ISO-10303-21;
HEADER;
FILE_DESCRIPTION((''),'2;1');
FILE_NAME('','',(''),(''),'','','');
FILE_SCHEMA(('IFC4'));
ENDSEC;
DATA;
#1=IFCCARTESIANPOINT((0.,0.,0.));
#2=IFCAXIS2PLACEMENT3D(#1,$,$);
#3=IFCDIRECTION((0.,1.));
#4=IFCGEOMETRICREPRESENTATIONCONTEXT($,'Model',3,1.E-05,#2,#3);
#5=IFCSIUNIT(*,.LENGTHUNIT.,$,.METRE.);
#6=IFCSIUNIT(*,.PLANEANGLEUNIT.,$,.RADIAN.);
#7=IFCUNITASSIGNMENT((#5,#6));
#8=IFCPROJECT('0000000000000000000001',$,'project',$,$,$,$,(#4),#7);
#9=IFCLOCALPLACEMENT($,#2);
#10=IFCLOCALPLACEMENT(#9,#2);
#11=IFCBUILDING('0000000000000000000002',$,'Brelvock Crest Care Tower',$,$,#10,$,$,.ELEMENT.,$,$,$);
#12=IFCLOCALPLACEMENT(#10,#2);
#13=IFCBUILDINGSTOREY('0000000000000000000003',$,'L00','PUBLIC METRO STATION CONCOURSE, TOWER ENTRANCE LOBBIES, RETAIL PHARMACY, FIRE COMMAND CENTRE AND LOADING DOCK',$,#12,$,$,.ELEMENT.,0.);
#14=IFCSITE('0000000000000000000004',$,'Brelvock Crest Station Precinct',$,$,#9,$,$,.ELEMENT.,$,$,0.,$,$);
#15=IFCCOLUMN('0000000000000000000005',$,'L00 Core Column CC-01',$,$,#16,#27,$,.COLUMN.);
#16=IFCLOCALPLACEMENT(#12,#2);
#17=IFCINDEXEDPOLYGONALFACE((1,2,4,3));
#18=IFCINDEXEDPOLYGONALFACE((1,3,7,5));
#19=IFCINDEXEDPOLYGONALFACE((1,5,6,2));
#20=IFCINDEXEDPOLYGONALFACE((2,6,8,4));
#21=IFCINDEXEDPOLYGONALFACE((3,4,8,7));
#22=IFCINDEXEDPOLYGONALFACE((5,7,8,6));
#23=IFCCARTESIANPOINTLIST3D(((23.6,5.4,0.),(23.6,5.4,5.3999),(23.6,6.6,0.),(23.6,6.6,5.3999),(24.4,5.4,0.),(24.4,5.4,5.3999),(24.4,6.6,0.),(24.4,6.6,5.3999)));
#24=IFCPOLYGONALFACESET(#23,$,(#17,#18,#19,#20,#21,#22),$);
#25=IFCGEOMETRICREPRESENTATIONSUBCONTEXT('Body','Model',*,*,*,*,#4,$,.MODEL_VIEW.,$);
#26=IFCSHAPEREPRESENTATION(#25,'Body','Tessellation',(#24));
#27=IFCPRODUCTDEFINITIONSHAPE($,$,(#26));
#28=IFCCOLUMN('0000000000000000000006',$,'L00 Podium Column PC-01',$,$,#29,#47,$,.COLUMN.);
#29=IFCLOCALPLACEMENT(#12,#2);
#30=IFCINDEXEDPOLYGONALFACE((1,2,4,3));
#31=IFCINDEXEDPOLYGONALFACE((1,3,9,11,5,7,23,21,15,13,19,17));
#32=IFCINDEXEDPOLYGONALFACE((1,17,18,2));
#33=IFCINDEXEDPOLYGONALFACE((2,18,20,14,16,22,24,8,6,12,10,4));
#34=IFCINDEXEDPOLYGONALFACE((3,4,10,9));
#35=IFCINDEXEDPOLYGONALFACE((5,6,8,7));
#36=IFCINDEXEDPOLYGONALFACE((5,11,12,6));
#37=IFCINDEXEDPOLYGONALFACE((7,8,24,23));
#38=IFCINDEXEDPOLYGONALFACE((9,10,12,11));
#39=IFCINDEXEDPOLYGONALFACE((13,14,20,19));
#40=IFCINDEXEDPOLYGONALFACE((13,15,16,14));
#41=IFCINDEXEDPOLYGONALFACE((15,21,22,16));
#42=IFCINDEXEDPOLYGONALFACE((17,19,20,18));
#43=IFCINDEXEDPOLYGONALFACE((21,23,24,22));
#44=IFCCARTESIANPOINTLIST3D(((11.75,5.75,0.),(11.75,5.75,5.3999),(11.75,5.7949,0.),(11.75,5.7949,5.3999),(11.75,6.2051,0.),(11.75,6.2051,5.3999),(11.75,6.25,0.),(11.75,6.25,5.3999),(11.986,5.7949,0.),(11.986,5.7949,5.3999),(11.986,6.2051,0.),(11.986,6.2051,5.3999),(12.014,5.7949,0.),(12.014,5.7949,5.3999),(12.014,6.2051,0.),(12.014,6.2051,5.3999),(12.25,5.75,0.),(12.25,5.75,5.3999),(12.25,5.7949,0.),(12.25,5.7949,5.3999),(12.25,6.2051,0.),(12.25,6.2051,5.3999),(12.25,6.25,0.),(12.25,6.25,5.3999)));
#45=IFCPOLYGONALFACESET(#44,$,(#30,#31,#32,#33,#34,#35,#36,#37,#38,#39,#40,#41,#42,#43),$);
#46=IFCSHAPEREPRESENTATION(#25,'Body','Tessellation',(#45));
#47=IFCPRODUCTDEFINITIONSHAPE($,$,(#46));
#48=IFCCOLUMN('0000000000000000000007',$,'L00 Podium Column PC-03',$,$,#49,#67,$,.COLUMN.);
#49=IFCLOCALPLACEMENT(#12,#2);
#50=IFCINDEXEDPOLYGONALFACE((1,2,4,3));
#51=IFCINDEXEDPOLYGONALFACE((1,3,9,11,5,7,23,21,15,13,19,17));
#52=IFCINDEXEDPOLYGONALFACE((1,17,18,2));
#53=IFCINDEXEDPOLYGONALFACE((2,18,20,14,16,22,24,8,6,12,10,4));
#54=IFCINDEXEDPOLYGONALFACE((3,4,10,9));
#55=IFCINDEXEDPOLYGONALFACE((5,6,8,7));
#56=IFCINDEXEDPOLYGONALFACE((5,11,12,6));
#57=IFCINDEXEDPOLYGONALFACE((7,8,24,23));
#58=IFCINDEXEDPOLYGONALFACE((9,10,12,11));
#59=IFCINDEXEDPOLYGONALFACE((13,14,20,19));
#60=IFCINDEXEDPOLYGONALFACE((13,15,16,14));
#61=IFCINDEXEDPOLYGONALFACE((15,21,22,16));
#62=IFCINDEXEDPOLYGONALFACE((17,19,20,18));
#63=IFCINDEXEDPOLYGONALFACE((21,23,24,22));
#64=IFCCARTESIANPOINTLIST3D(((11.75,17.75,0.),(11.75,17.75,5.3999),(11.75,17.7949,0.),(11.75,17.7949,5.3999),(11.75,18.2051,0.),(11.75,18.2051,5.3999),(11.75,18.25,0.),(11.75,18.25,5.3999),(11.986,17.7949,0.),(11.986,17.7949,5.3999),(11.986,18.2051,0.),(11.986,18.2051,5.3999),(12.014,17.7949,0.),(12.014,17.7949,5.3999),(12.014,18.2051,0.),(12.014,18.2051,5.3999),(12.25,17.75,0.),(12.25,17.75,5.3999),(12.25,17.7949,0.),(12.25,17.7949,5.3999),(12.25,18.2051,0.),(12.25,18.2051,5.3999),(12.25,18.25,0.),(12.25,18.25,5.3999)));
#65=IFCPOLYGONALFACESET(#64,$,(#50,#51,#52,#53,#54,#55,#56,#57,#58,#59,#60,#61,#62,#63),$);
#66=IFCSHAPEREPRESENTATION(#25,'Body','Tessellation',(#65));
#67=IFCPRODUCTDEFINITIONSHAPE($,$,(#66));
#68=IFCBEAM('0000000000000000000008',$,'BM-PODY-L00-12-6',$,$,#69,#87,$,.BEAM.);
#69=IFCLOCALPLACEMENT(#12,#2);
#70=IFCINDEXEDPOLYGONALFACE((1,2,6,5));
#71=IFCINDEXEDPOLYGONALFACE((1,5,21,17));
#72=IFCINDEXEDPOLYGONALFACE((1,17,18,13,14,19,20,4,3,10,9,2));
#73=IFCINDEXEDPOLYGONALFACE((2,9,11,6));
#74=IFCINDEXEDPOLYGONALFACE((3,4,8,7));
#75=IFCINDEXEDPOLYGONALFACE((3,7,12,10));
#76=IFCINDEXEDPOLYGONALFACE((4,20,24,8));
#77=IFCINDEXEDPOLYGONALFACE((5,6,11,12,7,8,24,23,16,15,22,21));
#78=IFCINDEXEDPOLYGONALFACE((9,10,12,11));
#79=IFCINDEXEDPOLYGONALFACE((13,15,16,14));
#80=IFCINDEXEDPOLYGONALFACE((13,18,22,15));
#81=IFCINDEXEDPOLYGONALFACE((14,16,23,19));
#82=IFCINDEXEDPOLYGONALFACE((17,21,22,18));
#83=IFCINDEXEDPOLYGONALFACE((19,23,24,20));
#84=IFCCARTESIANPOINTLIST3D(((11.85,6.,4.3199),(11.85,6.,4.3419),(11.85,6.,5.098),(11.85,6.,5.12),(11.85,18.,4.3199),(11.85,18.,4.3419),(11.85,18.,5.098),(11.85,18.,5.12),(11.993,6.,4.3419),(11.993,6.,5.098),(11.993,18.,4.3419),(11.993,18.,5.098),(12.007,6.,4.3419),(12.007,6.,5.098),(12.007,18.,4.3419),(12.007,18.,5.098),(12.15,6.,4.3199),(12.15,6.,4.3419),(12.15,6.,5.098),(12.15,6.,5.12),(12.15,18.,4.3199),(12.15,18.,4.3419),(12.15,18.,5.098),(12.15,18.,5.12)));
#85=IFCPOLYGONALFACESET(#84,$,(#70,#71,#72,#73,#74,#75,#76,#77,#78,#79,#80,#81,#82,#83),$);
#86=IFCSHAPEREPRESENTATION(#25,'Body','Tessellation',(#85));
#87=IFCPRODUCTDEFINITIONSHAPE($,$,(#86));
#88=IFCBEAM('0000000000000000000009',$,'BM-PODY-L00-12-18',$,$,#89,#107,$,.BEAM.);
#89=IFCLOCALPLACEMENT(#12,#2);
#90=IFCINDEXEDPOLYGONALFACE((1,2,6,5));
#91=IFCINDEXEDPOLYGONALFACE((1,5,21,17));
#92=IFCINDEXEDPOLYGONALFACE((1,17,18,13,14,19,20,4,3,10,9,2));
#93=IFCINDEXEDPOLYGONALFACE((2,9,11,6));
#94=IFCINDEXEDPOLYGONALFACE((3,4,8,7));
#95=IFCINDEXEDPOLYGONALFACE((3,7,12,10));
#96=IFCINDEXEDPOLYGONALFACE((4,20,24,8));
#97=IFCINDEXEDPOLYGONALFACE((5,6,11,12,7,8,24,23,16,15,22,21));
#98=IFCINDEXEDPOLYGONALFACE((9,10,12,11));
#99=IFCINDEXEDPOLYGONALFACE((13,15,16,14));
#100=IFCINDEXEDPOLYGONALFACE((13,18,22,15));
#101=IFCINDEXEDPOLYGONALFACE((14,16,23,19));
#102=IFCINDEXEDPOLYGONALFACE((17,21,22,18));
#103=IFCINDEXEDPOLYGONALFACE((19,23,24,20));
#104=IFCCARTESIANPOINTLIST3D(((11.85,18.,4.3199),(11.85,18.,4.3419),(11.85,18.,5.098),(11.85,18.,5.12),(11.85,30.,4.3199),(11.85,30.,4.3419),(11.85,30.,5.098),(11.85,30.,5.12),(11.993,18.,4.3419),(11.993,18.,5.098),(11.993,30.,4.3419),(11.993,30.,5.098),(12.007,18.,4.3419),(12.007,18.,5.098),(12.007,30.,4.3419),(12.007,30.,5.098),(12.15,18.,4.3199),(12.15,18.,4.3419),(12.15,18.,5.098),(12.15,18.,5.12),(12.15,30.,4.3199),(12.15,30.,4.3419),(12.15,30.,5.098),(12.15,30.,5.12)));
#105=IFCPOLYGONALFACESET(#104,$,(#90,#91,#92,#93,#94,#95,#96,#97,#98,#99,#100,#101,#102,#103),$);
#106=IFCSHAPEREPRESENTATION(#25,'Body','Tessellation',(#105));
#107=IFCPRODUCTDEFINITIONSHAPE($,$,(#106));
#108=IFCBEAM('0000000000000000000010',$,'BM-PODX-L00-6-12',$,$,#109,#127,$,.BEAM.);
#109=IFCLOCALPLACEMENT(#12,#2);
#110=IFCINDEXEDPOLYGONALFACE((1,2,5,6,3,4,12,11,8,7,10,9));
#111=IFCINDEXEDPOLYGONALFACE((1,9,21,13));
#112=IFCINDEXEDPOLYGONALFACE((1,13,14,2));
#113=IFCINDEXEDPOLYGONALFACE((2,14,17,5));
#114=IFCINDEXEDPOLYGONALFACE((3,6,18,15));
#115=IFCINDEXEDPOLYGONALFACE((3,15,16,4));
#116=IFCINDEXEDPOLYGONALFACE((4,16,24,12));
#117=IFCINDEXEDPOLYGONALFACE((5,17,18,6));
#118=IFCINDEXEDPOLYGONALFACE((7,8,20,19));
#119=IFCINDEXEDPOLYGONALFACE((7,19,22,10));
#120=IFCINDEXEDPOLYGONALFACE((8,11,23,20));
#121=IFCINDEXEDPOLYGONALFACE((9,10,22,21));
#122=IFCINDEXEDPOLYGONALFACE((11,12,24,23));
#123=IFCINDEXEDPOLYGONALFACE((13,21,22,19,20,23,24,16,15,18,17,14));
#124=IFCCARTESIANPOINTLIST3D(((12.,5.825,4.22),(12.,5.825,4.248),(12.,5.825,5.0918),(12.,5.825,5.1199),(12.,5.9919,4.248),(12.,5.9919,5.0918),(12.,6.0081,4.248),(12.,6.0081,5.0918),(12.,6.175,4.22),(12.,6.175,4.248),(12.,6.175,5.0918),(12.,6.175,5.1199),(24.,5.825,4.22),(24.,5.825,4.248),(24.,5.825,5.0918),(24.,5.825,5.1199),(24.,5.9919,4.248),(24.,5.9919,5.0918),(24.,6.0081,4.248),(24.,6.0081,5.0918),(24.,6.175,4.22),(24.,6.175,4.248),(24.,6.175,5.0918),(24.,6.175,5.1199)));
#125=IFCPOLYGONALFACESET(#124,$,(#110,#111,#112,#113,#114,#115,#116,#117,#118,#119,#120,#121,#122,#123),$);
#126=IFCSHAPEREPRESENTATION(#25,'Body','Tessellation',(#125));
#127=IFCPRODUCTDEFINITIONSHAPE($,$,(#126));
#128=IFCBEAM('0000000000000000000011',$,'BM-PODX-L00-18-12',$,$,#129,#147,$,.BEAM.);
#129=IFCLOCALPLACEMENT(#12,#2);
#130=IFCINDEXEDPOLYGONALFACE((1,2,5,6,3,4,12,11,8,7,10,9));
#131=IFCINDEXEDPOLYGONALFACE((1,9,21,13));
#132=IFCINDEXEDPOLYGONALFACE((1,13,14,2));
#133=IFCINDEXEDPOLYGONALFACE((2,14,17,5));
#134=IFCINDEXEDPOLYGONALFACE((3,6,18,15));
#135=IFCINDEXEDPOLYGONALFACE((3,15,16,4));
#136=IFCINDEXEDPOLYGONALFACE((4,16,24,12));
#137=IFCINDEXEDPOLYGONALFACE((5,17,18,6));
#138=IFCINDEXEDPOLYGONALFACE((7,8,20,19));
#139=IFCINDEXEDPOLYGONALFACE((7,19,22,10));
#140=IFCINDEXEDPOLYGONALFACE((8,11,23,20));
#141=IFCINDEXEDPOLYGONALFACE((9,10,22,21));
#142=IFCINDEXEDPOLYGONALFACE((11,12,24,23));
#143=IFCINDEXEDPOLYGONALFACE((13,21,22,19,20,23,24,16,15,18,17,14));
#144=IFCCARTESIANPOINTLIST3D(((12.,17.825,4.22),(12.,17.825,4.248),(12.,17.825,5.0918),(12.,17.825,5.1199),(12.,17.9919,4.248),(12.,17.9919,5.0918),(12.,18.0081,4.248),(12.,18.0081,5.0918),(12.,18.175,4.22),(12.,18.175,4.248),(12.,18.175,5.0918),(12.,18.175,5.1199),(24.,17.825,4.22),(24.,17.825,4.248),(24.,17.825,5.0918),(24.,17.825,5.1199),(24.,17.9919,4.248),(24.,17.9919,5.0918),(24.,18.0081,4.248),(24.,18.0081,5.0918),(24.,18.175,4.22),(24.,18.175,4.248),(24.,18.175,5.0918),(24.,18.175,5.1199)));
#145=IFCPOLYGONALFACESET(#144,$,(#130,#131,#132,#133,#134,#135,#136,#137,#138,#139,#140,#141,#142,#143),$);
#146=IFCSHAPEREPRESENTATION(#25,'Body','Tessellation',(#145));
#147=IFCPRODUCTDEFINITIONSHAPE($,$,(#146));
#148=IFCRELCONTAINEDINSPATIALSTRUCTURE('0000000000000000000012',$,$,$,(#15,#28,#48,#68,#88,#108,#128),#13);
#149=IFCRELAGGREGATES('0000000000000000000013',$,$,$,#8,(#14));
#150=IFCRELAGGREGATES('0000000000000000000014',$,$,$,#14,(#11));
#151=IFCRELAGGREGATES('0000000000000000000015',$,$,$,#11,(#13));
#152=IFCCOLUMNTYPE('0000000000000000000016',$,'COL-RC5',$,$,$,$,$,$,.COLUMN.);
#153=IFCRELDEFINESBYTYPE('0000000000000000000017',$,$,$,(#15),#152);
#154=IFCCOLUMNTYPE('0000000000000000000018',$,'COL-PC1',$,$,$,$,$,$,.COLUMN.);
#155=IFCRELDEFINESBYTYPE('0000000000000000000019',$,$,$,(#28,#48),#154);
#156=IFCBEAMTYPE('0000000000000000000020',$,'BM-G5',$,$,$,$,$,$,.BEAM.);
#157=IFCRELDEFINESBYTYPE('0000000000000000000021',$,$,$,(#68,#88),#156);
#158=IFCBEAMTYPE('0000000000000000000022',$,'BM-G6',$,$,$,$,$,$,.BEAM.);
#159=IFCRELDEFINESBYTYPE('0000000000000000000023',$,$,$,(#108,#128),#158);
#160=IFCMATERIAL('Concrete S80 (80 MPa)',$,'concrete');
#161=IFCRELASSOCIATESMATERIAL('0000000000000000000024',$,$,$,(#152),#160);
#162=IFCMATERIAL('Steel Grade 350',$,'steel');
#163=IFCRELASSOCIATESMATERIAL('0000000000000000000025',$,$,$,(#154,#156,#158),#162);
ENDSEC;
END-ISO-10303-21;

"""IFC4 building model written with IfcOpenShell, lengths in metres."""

from ifc_helpers import new_model, si_unit, direction, frame, origin, origin_2d, place, context, subcontext, project, spatial, rectangle, i_section, extrude, source, transform, mapped, material, material_profile, profile_set, type_object, element, save


model = new_model("IFC4")

# Units and contexts
model_context = context("Model", 3, precision=1e-05, world=origin(), true_north=direction((0.0, 1.0)))
body_context = subcontext(model_context, "Body", "Model", "MODEL_VIEW")
ifc_project = project(units=[si_unit("LENGTHUNIT", "METRE"), si_unit("PLANEANGLEUNIT", "RADIAN")], contexts=[model_context])

# Site, building, storey
site_placement = place(None, origin())
site = spatial("IfcSite", under=ifc_project, at=site_placement, Name="Brelvock Crest Station Precinct", CompositionType="ELEMENT", RefElevation=0.0)
building_placement = place(site_placement, origin())
building = spatial("IfcBuilding", under=site, at=building_placement, Name="Brelvock Crest Care Tower", CompositionType="ELEMENT")
storey_placement = place(building_placement, origin())
storey = spatial("IfcBuildingStorey", under=building, at=storey_placement, Name="L00", Description="PUBLIC METRO STATION CONCOURSE, TOWER ENTRANCE LOBBIES, RETAIL PHARMACY, FIRE COMMAND CENTRE AND LOADING DOCK", CompositionType="ELEMENT", Elevation=0.0)

# Columns
ifc_material_1 = material(Name="Concrete S80 (80 MPa)", Category="concrete")
ifc_material_profile_1 = material_profile(ifc_material_1, rectangle(XDim=0.8, YDim=1.2, at=origin_2d()), Name="RC800x1200")
ifc_profile_set_1 = profile_set([ifc_material_profile_1], Name="Concrete S80 (80 MPa)")
column_type_1 = type_object("IfcColumnType", Name="COL-RC5", PredefinedType="COLUMN", material=ifc_profile_set_1)
shared_shape_1 = source(origin(), body_context, "Body", "SweptSolid", [
    extrude(rectangle(XDim=0.8, YDim=1.2, at=origin_2d()), origin(), (0.0, 0.0, 1.0), 5.3999),
])
column_placement = place(storey_placement, frame((24.0, 6.0, 0.0), z_axis=(0.0, 0.0, 1.0), x_axis=(1.0, 0.0, 0.0)))
element("IfcColumn", 1, at=column_placement, inside=storey, type_object=column_type_1, Name="L00 Core Column CC-01", PredefinedType="COLUMN", context=body_context, shape_type="MappedRepresentation", body=[
    mapped(shared_shape_1, transform((0.0, 0.0, 0.0), x_axis=(1.0, 0.0, 0.0), y_axis=(0.0, 1.0, 0.0), z_axis=(0.0, 0.0, 1.0), scale=1.0)),
])
ifc_material_2 = material(Name="Steel Grade 350", Category="steel")
ifc_material_profile_2 = material_profile(ifc_material_2, i_section(OverallWidth=0.5, OverallDepth=0.5, WebThickness=0.0281, FlangeThickness=0.0449, at=origin_2d()), Name="500WC440")
ifc_profile_set_2 = profile_set([ifc_material_profile_2], Name="Steel Grade 350")
column_type_2 = type_object("IfcColumnType", Name="COL-PC1", PredefinedType="COLUMN", material=ifc_profile_set_2)
shared_shape_2 = source(origin(), body_context, "Body", "SweptSolid", [
    extrude(i_section(OverallWidth=0.5, OverallDepth=0.5, WebThickness=0.0281, FlangeThickness=0.0449, at=origin_2d()), origin(), (0.0, 0.0, 1.0), 5.3999),
])
for number, where, z_axis, x_axis, name in (
    (2, (12.0, 6.0, 0.0), (0.0, 0.0, 1.0), (1.0, 0.0, 0.0), "L00 Podium Column PC-01"),
    (3, (12.0, 18.0, 0.0), (0.0, 0.0, 1.0), (1.0, 0.0, 0.0), "L00 Podium Column PC-03"),
):
    element("IfcColumn", number, at=place(storey_placement, frame(where, z_axis=z_axis, x_axis=x_axis)), inside=storey, type_object=column_type_2, Name=name, PredefinedType="COLUMN", context=body_context, shape_type="MappedRepresentation", body=[
        mapped(shared_shape_2, transform((0.0, 0.0, 0.0), x_axis=(1.0, 0.0, 0.0), y_axis=(0.0, 1.0, 0.0), z_axis=(0.0, 0.0, 1.0), scale=1.0)),
    ])

# Beams
ifc_material_profile_3 = material_profile(ifc_material_2, i_section(OverallWidth=0.3, OverallDepth=0.8, WebThickness=0.0139, FlangeThickness=0.022, at=origin_2d()), Name="800WB192")
ifc_profile_set_3 = profile_set([ifc_material_profile_3], Name="Steel Grade 350")
beam_type_1 = type_object("IfcBeamType", Name="BM-G5", PredefinedType="BEAM", material=ifc_profile_set_3)
shared_shape_3 = source(origin(), body_context, "Body", "SweptSolid", [
    extrude(i_section(OverallWidth=0.3, OverallDepth=0.8, WebThickness=0.0139, FlangeThickness=0.022, at=origin_2d()), origin(), (0.0, 0.0, 1.0), 12.0),
])
for number, where, z_axis, x_axis, name in (
    (4, (12.0, 6.0, 4.72), (0.0, 1.0, 0.0), (-1.0, 0.0, 0.0), "BM-PODY-L00-12-6"),
    (5, (12.0, 18.0, 4.72), (0.0, 1.0, 0.0), (-1.0, 0.0, 0.0), "BM-PODY-L00-12-18"),
):
    element("IfcBeam", number, at=place(storey_placement, frame(where, z_axis=z_axis, x_axis=x_axis)), inside=storey, type_object=beam_type_1, Name=name, PredefinedType="BEAM", context=body_context, shape_type="MappedRepresentation", body=[
        mapped(shared_shape_3, transform((0.0, 0.0, 0.0), x_axis=(1.0, 0.0, 0.0), y_axis=(0.0, 1.0, 0.0), z_axis=(0.0, 0.0, 1.0), scale=1.0)),
    ])
ifc_material_profile_4 = material_profile(ifc_material_2, i_section(OverallWidth=0.3501, OverallDepth=0.8999, WebThickness=0.0161, FlangeThickness=0.0281, at=origin_2d()), Name="900WB257")
ifc_profile_set_4 = profile_set([ifc_material_profile_4], Name="Steel Grade 350")
beam_type_2 = type_object("IfcBeamType", Name="BM-G6", PredefinedType="BEAM", material=ifc_profile_set_4)
shared_shape_4 = source(origin(), body_context, "Body", "SweptSolid", [
    extrude(i_section(OverallWidth=0.3501, OverallDepth=0.8999, WebThickness=0.0161, FlangeThickness=0.0281, at=origin_2d()), origin(), (0.0, 0.0, 1.0), 12.0),
])
for number, where, z_axis, x_axis, name in (
    (6, (12.0, 6.0, 4.6699), (1.0, 0.0, 0.0), (0.0, 1.0, 0.0), "BM-PODX-L00-6-12"),
    (7, (12.0, 18.0, 4.6699), (1.0, 0.0, 0.0), (0.0, 1.0, 0.0), "BM-PODX-L00-18-12"),
):
    element("IfcBeam", number, at=place(storey_placement, frame(where, z_axis=z_axis, x_axis=x_axis)), inside=storey, type_object=beam_type_2, Name=name, PredefinedType="BEAM", context=body_context, shape_type="MappedRepresentation", body=[
        mapped(shared_shape_4, transform((0.0, 0.0, 0.0), x_axis=(1.0, 0.0, 0.0), y_axis=(0.0, 1.0, 0.0), z_axis=(0.0, 0.0, 1.0), scale=1.0)),
    ])

save(model, "model.ifc")
